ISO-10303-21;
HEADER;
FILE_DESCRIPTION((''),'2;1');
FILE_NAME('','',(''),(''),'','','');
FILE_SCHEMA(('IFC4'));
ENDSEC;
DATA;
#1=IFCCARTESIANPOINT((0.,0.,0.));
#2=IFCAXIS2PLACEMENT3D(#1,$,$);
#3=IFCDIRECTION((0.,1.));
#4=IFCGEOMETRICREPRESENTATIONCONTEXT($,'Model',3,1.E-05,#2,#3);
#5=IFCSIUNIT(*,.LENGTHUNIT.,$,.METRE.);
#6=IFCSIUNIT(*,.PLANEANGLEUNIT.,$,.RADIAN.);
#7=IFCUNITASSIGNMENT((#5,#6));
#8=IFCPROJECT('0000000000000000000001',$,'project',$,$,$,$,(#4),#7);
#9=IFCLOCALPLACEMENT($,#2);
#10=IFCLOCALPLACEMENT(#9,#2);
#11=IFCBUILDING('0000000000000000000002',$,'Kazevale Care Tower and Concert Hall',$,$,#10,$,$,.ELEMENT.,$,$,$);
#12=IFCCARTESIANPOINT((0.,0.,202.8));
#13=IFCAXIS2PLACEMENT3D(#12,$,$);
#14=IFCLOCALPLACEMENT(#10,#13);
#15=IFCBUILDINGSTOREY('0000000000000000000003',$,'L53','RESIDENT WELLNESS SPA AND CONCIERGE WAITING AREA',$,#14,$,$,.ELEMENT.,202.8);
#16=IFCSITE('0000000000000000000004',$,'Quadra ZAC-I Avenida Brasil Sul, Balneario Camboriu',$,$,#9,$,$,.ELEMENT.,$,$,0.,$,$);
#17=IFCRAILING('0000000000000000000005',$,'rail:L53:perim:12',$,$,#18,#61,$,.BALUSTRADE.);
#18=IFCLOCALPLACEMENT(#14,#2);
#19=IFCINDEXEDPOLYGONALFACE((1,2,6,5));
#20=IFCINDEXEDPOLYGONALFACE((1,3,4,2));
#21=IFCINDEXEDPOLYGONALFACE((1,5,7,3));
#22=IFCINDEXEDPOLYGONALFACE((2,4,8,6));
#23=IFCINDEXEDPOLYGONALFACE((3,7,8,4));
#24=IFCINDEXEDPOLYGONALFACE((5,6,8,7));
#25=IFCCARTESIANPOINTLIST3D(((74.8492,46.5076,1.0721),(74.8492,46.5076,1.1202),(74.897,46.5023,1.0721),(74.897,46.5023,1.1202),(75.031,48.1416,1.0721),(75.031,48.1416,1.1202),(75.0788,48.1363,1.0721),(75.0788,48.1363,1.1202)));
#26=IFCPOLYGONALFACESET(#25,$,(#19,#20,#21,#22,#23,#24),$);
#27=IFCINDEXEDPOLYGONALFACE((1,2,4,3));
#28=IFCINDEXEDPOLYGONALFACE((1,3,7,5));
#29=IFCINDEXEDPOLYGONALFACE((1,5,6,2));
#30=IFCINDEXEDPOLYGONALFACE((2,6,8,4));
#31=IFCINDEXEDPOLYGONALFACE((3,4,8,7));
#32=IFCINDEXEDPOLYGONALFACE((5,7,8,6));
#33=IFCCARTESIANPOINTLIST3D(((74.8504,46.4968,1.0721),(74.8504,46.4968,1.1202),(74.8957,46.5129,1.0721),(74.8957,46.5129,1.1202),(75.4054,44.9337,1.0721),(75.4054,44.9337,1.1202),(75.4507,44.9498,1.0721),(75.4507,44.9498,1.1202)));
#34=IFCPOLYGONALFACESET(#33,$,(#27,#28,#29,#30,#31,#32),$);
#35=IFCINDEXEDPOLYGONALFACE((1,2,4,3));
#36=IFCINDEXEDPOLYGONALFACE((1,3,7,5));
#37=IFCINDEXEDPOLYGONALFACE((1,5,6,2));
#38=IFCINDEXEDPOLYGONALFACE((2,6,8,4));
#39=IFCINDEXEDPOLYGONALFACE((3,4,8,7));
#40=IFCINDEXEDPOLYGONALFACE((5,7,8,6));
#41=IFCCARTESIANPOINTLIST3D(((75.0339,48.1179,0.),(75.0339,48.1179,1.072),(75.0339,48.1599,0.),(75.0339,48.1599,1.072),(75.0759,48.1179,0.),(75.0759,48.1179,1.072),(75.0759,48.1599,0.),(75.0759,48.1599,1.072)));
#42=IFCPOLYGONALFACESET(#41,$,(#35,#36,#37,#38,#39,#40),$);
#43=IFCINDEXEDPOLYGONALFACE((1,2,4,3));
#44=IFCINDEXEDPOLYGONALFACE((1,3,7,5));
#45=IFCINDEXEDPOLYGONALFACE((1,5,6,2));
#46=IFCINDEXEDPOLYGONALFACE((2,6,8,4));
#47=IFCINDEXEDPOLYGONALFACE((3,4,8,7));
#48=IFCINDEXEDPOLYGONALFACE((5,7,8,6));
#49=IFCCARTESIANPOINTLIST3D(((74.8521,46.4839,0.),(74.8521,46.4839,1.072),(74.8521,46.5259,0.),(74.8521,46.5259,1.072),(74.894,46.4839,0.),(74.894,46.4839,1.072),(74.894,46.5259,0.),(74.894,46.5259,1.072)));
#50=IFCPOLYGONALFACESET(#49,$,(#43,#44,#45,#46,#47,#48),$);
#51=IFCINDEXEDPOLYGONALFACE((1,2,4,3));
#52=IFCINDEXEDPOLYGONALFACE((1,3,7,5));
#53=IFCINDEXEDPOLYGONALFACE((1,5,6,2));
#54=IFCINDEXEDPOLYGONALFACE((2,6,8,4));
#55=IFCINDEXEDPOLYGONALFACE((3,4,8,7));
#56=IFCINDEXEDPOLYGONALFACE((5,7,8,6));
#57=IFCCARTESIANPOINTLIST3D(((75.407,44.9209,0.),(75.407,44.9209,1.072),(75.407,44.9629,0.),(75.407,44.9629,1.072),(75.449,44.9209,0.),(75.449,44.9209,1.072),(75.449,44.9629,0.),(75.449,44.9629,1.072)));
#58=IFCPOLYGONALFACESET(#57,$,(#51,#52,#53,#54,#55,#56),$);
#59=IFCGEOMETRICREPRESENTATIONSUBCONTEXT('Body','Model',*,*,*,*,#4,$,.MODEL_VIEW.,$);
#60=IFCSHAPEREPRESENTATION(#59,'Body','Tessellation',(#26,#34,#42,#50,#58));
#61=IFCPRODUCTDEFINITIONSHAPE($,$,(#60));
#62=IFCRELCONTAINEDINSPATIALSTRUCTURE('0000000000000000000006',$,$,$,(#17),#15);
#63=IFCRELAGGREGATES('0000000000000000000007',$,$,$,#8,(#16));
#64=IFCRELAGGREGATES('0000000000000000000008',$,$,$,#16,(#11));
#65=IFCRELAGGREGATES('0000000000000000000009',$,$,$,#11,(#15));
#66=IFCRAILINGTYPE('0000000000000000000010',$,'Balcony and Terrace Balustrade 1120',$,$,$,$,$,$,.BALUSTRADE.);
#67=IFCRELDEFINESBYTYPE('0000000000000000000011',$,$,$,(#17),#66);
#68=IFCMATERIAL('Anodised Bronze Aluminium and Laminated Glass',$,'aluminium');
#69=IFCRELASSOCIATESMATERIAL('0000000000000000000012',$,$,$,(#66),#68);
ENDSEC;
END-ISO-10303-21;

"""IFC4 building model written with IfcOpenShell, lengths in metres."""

from ifc_helpers import new_model, si_unit, direction, frame, origin, origin_2d, place, context, subcontext, project, spatial, rectangle, extrude, material, type_object, element, save


model = new_model("IFC4")

# Units and contexts
model_context = context("Model", 3, precision=1e-05, world=origin(), true_north=direction((0.0, 1.0)))
body_context = subcontext(model_context, "Body", "Model", "MODEL_VIEW")
ifc_project = project(units=[si_unit("LENGTHUNIT", "METRE"), si_unit("PLANEANGLEUNIT", "RADIAN")], contexts=[model_context])

# Site, building, storey
site_placement = place(None, origin())
site = spatial("IfcSite", under=ifc_project, at=site_placement, Name="Quadra ZAC-I Avenida Brasil Sul, Balneario Camboriu", CompositionType="ELEMENT", RefElevation=0.0)
building_placement = place(site_placement, origin())
building = spatial("IfcBuilding", under=site, at=building_placement, Name="Kazevale Care Tower and Concert Hall", CompositionType="ELEMENT")
storey_placement = place(building_placement, frame((0.0, 0.0, 202.8)))
storey = spatial("IfcBuildingStorey", under=building, at=storey_placement, Name="L53", Description="RESIDENT WELLNESS SPA AND CONCIERGE WAITING AREA", CompositionType="ELEMENT", Elevation=202.8)

# Railing
ifc_material_1 = material(Name="Anodised Bronze Aluminium and Laminated Glass", Category="aluminium")
railing_type = type_object("IfcRailingType", Name="Balcony and Terrace Balustrade 1120", PredefinedType="BALUSTRADE", material=ifc_material_1)
railing_1_placement = place(storey_placement, frame((75.0549, 48.1389, 0.0)))
element("IfcRailing", 1, at=railing_1_placement, inside=storey, type_object=railing_type, Name="rail:L53:perim:12", PredefinedType="BALUSTRADE", context=body_context, shape_type="SweptSolid", body=[
    extrude(rectangle(XDim=0.0481, YDim=0.0481, at=origin_2d()), frame((0.0, 0.0, 1.0962), z_axis=(-0.110627, -0.993862, 0.0), x_axis=(0.993862, -0.110627, 0.0)), (0.0, 0.0, 1.0), 1.644),
    extrude(rectangle(XDim=0.0481, YDim=0.0481, at=origin_2d()), frame((-0.1819, -1.634, 1.0962), z_axis=(0.334583, -0.942366, 0.0), x_axis=(0.942366, 0.334583, 0.0)), (0.0, 0.0, 1.0), 1.6587),
    extrude(rectangle(XDim=0.042, YDim=0.042, at=origin_2d()), origin(), (0.0, 0.0, 1.0), 1.072),
    extrude(rectangle(XDim=0.042, YDim=0.042, at=origin_2d()), frame((-0.1819, -1.634, 0.0)), (0.0, 0.0, 1.0), 1.072),
    extrude(rectangle(XDim=0.042, YDim=0.042, at=origin_2d()), frame((0.373, -3.197, 0.0)), (0.0, 0.0, 1.0), 1.072),
])

save(model, "model.ifc")
